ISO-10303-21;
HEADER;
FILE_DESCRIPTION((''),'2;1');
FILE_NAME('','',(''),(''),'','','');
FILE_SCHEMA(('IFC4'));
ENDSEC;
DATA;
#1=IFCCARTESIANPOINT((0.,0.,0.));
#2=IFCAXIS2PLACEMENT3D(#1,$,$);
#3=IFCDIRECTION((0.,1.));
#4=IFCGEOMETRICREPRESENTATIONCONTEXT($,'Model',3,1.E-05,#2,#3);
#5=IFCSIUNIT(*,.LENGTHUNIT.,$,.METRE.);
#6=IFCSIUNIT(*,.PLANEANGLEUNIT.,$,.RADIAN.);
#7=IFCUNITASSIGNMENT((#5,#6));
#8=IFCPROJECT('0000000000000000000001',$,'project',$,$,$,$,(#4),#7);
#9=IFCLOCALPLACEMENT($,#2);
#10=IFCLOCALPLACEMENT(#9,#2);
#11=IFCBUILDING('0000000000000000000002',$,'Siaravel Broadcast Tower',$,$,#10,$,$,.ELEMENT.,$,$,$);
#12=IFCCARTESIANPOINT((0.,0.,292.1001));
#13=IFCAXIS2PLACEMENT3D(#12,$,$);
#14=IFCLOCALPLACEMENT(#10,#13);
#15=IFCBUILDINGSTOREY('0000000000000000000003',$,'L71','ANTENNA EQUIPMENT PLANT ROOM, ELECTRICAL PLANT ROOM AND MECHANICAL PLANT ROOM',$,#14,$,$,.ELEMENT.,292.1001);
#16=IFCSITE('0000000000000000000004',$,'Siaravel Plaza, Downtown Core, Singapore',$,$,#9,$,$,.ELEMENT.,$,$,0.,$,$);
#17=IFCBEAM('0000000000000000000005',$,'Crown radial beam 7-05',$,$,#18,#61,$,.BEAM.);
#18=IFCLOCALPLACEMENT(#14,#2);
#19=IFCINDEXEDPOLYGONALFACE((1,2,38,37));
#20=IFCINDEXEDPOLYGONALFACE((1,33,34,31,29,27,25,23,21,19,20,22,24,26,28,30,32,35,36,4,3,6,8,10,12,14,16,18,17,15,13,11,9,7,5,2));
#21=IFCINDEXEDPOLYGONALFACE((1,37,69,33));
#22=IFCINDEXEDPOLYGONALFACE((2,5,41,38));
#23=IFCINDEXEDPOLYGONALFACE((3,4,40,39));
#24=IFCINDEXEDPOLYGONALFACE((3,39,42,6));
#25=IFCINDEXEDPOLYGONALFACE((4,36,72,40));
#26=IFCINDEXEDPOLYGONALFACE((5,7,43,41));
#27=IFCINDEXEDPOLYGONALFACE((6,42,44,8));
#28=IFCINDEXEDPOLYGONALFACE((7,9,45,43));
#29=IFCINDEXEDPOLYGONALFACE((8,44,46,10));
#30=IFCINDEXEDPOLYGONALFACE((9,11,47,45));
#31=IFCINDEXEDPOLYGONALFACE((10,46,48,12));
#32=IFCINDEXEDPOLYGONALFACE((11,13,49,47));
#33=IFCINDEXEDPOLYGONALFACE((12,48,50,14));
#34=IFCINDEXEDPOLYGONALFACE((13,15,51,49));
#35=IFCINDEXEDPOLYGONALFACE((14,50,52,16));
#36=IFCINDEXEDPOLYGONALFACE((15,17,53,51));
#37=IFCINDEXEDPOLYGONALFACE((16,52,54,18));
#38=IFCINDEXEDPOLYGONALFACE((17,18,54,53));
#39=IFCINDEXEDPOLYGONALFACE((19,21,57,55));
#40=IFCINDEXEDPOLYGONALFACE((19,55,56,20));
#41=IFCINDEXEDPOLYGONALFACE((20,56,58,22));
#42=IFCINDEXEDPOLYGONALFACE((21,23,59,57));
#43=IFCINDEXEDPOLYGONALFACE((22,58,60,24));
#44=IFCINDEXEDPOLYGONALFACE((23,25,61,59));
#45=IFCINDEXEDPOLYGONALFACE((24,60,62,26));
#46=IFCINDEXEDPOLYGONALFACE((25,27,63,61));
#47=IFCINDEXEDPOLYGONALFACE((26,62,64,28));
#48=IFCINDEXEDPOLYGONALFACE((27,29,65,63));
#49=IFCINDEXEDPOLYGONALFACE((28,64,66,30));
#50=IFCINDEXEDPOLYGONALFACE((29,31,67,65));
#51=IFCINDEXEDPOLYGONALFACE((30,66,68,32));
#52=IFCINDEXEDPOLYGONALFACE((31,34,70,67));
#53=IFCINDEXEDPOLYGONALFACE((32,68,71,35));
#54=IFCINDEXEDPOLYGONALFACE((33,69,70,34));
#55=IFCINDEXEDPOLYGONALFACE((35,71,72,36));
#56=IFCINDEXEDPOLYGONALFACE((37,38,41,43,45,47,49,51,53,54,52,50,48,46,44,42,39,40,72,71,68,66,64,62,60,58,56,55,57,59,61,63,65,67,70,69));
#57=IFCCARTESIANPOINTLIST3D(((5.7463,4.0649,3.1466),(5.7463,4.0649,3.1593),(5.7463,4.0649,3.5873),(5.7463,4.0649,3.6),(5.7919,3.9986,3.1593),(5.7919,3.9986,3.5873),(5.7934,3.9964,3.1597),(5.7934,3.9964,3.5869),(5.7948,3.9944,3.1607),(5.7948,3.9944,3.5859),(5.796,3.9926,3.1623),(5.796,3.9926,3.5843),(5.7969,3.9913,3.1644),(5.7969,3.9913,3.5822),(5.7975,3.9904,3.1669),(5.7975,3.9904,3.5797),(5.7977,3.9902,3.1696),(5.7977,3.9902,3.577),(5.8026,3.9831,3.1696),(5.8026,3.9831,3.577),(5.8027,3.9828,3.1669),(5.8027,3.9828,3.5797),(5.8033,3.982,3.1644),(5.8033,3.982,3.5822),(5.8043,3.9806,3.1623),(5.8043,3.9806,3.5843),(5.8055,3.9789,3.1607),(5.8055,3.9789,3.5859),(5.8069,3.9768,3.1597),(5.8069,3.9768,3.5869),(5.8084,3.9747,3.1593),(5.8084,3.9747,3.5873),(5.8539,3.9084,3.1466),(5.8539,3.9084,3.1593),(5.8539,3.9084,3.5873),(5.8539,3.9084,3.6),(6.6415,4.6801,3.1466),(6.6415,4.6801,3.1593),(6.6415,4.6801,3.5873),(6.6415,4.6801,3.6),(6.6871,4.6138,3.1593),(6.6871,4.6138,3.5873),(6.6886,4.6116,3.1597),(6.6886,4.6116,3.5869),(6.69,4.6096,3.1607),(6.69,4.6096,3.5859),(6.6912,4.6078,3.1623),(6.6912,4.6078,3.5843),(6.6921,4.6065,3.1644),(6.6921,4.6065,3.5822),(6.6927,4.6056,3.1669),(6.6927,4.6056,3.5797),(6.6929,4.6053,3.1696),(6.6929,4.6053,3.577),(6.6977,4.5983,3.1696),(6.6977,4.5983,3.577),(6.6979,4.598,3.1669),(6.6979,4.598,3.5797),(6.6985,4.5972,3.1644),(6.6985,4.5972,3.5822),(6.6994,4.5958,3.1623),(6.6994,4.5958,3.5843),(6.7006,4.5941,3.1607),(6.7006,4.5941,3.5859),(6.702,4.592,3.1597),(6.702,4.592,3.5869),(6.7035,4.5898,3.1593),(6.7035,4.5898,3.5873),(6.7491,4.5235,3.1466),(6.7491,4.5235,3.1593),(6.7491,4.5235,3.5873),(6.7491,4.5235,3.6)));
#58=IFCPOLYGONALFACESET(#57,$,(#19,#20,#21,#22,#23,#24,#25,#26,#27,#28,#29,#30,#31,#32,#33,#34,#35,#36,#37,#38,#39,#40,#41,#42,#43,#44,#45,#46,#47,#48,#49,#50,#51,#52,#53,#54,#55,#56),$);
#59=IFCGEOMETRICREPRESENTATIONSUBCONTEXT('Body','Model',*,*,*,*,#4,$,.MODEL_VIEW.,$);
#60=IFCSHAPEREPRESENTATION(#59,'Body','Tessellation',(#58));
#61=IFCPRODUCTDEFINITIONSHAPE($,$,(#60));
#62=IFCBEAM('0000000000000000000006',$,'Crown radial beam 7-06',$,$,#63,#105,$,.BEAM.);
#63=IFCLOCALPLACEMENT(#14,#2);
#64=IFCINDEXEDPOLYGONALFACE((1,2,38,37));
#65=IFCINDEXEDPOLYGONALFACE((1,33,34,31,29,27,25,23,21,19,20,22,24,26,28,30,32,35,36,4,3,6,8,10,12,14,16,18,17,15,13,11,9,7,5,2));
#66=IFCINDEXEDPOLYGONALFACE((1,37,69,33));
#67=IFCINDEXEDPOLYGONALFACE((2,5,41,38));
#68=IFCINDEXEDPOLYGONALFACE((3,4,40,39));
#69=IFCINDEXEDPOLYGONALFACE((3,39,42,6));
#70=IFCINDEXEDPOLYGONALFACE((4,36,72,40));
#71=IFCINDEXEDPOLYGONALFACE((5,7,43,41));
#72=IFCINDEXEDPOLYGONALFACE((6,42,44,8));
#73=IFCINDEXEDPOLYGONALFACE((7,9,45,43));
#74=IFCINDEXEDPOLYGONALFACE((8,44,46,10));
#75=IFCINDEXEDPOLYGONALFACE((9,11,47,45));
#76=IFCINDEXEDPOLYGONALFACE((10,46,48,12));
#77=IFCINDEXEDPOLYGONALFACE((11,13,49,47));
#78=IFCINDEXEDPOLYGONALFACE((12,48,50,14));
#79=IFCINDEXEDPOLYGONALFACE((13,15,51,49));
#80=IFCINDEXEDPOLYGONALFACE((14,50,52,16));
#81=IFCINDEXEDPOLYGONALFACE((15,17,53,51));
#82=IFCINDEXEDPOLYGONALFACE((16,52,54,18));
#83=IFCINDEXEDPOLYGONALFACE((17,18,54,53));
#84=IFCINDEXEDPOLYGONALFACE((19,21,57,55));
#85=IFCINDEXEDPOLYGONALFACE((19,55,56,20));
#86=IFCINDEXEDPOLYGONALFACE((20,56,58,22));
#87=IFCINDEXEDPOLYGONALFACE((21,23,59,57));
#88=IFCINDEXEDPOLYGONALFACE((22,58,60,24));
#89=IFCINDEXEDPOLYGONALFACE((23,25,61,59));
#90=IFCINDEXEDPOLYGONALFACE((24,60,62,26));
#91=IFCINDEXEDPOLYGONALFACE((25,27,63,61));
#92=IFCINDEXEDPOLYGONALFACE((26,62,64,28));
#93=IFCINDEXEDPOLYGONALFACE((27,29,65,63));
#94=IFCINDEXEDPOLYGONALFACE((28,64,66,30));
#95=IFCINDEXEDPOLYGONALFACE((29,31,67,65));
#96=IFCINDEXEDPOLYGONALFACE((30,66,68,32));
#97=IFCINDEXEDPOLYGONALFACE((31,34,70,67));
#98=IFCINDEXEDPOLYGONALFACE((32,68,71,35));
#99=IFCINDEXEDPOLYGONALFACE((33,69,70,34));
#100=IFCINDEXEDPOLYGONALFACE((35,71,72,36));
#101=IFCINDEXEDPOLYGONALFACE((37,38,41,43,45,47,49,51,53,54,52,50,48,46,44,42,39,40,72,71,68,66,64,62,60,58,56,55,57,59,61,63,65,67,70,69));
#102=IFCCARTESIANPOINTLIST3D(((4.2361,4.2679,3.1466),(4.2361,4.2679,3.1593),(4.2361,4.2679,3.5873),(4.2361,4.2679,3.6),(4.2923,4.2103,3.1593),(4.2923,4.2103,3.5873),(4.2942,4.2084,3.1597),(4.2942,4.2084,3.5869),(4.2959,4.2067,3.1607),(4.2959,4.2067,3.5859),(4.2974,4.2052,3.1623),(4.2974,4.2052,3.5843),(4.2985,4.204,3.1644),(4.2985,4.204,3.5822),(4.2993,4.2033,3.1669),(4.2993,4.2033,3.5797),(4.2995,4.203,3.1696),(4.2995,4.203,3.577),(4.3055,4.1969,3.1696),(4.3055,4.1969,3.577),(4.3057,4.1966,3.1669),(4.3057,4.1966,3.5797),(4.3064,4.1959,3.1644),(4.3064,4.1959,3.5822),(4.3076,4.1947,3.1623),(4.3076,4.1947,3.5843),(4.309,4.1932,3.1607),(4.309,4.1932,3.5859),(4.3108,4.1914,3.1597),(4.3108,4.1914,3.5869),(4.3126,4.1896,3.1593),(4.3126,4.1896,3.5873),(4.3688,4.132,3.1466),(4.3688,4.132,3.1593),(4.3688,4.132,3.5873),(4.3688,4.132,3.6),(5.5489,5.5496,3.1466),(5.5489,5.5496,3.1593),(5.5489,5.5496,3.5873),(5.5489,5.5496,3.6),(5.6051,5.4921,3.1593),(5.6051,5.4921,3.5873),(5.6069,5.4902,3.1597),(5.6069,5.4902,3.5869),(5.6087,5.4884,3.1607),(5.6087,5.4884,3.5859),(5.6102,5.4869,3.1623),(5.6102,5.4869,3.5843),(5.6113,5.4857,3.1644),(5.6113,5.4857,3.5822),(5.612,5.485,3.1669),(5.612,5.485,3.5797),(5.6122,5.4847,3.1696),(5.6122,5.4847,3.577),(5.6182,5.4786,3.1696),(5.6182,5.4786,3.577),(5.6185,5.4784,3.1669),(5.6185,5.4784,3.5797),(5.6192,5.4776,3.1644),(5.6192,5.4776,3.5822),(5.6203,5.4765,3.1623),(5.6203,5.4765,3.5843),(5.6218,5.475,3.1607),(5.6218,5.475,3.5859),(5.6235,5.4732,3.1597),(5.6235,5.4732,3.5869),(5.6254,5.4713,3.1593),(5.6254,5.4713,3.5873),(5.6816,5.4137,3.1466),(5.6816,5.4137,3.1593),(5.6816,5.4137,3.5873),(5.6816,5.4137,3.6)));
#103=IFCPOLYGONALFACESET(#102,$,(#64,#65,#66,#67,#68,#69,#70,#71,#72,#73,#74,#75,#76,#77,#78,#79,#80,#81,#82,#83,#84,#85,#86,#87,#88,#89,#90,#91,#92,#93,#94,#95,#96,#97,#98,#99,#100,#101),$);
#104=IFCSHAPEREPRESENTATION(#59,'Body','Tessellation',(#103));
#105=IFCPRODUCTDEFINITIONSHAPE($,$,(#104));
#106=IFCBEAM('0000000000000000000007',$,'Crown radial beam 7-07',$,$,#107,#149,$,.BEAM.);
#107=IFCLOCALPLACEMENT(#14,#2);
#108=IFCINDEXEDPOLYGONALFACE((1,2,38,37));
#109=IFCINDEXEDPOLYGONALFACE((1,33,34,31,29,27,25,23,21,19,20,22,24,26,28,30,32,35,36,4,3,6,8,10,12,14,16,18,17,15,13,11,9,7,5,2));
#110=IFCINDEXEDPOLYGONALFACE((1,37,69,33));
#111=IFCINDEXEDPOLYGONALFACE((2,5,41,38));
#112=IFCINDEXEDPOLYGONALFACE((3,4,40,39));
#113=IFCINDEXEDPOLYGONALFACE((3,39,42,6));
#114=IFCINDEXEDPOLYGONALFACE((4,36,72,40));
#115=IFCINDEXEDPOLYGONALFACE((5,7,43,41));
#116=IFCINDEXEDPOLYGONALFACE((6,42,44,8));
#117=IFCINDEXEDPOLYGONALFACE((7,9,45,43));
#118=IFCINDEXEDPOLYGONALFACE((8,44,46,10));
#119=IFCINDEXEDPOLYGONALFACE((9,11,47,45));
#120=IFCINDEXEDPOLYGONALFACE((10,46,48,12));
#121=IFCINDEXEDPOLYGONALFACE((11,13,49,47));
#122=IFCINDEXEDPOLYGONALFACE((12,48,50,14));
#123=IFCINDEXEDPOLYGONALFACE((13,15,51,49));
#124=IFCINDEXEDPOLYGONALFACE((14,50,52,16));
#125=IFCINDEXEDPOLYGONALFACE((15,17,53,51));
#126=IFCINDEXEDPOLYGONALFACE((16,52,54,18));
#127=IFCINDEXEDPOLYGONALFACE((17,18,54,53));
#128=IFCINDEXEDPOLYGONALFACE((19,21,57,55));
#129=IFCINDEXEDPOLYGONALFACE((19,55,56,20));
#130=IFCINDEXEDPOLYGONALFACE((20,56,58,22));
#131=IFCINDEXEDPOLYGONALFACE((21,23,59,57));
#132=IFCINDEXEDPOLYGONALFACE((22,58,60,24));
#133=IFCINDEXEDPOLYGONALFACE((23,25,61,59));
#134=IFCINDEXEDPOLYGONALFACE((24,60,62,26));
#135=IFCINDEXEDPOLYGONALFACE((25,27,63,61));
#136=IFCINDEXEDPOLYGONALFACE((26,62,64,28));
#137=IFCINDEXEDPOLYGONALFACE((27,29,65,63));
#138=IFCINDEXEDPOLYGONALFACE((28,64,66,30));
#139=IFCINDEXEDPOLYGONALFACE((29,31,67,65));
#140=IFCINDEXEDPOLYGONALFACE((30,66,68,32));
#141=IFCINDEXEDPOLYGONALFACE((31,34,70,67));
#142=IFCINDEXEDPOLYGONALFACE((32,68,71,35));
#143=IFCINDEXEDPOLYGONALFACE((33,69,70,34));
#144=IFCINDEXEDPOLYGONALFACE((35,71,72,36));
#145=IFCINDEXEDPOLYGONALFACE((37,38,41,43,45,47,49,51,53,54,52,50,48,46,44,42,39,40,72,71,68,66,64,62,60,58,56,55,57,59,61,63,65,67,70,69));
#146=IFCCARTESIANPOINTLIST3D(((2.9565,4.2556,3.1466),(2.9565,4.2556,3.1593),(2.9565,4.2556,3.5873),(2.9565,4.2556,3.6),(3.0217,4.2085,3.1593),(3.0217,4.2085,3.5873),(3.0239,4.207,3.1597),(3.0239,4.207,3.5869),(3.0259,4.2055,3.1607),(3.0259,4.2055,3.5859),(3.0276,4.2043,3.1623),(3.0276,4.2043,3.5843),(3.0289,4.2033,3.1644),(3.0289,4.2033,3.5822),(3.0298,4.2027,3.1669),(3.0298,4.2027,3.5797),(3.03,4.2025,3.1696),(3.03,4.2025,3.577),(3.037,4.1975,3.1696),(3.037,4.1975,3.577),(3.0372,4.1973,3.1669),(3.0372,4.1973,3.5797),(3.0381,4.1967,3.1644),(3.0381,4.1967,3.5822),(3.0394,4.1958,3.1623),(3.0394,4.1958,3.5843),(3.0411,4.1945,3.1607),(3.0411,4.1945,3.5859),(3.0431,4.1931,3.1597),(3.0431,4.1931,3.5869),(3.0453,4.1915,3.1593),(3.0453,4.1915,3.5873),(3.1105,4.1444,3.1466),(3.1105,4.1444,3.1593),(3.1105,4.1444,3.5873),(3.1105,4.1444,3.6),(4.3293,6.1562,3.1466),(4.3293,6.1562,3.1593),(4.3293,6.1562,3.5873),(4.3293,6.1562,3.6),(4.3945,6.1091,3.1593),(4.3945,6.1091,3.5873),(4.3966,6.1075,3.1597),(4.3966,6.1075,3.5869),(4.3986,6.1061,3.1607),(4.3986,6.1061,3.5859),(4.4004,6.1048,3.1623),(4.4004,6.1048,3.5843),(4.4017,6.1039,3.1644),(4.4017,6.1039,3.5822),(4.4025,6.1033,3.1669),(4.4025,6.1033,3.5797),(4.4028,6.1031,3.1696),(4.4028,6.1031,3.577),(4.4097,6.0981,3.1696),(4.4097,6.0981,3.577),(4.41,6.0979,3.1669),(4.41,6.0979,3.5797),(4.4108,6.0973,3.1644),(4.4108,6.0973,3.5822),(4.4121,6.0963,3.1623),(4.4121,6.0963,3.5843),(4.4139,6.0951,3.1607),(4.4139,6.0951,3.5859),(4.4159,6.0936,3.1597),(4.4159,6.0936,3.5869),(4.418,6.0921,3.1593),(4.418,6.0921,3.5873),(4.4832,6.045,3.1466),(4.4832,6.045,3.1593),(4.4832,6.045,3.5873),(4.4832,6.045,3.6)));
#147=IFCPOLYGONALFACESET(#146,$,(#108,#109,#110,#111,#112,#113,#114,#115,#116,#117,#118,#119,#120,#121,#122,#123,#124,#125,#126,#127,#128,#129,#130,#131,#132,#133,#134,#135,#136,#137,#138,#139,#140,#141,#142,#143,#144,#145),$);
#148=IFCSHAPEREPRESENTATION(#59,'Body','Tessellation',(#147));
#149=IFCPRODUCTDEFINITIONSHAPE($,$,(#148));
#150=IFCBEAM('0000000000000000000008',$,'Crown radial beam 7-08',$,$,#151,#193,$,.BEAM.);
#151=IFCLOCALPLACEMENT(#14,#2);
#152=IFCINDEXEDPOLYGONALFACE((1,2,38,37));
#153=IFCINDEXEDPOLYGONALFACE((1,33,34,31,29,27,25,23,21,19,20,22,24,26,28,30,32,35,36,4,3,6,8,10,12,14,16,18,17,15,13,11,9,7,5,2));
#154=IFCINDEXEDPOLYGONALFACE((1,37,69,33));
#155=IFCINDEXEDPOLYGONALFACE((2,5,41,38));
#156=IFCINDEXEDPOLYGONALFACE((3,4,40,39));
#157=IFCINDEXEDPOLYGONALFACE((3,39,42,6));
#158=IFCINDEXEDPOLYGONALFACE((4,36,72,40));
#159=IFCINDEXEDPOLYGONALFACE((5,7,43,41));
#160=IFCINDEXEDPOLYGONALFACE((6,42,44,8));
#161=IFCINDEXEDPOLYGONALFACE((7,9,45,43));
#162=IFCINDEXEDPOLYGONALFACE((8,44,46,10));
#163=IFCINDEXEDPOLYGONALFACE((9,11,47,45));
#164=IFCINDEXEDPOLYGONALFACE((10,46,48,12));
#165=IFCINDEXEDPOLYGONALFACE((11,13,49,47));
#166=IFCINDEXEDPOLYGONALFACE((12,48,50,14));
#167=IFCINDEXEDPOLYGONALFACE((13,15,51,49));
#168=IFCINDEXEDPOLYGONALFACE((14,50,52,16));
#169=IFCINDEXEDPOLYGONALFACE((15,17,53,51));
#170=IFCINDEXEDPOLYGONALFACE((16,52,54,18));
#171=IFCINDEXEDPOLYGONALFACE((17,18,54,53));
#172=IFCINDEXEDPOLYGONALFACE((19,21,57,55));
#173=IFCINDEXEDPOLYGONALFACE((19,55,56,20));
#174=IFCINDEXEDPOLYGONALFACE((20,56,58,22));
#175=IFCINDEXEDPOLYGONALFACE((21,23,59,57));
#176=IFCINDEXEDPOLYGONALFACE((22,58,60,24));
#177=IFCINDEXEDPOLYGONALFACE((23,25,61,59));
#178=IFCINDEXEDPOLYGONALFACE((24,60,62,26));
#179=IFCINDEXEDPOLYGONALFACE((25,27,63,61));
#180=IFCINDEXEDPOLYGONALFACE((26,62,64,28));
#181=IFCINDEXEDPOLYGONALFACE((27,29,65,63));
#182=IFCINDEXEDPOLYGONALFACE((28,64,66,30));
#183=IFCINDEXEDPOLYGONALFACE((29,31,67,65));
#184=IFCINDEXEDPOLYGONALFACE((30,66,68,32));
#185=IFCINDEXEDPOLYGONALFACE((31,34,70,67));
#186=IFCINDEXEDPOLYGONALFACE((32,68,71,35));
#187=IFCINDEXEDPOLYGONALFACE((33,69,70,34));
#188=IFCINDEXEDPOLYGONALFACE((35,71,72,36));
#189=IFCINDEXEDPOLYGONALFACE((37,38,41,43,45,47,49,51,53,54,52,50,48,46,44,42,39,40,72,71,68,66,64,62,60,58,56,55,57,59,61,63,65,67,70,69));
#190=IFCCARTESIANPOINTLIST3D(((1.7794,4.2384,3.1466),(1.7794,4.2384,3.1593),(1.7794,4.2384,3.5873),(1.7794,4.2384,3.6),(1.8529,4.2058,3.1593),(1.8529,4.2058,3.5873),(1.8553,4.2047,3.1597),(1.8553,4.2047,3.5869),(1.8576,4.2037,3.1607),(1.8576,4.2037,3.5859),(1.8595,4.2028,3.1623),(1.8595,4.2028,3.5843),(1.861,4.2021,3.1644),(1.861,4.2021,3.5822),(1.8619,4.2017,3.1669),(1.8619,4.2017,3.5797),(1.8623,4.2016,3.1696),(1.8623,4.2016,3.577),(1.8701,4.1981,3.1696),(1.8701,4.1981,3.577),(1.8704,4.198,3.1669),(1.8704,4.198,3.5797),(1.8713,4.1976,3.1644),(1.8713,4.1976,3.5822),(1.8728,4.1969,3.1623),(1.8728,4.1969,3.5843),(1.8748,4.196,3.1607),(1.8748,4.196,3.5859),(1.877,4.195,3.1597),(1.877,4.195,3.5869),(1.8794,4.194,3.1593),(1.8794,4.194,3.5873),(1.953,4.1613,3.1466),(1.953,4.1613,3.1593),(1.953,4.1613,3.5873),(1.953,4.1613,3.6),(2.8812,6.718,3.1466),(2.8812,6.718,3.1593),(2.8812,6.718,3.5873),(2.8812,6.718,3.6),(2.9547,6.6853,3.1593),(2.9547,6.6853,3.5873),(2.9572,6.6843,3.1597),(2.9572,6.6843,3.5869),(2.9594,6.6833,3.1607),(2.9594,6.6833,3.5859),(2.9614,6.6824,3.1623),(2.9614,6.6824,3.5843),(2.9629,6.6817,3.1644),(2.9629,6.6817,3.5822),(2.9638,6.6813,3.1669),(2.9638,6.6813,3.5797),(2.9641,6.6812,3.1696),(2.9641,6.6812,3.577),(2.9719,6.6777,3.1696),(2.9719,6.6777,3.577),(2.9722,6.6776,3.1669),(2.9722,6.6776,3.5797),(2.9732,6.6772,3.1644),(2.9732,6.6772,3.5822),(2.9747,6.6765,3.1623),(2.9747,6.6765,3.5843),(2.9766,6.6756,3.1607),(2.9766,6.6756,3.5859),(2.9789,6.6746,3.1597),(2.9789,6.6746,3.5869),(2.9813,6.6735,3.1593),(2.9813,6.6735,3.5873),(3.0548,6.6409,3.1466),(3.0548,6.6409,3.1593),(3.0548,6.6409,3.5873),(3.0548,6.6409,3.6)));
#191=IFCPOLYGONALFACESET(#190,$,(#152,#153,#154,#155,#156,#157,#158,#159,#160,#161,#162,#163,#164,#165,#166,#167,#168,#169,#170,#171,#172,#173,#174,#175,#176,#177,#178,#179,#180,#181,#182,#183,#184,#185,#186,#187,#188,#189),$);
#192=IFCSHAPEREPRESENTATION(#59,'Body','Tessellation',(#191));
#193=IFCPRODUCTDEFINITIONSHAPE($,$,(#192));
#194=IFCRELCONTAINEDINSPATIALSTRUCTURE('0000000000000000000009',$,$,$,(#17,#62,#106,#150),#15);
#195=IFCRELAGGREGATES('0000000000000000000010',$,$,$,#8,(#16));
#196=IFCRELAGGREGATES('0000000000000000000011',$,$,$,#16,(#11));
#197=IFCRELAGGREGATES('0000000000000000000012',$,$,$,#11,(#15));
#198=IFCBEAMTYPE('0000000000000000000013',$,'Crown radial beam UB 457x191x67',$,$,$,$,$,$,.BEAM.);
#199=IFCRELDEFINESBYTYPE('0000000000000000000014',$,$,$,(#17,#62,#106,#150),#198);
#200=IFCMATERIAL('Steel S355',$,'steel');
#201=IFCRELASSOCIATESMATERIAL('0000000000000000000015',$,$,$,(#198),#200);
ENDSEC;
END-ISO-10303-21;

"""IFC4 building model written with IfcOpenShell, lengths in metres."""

from ifc_helpers import new_model, si_unit, direction, frame, origin, origin_2d, place, context, subcontext, project, spatial, i_section, extrude, material, material_profile, profile_set, type_object, element, save


model = new_model("IFC4")

# Units and contexts
model_context = context("Model", 3, precision=1e-05, world=origin(), true_north=direction((0.0, 1.0)))
body_context = subcontext(model_context, "Body", "Model", "MODEL_VIEW")
ifc_project = project(units=[si_unit("LENGTHUNIT", "METRE"), si_unit("PLANEANGLEUNIT", "RADIAN")], contexts=[model_context])

# Site, building, storey
site_placement = place(None, origin())
site = spatial("IfcSite", under=ifc_project, at=site_placement, Name="Siaravel Plaza, Downtown Core, Singapore", CompositionType="ELEMENT", RefElevation=0.0)
building_placement = place(site_placement, origin())
building = spatial("IfcBuilding", under=site, at=building_placement, Name="Siaravel Broadcast Tower", CompositionType="ELEMENT")
storey_placement = place(building_placement, frame((0.0, 0.0, 292.1001)))
storey = spatial("IfcBuildingStorey", under=building, at=storey_placement, Name="L71", Description="ANTENNA EQUIPMENT PLANT ROOM, ELECTRICAL PLANT ROOM AND MECHANICAL PLANT ROOM", CompositionType="ELEMENT", Elevation=292.1001)

# Beams
ifc_material_1 = material(Name="Steel S355", Category="steel")
ifc_material_profile_1 = material_profile(ifc_material_1, i_section(OverallWidth=0.1899, OverallDepth=0.4534, WebThickness=0.0085, FlangeThickness=0.0127, FilletRadius=0.0103, at=origin_2d()))
ifc_profile_set_1 = profile_set([ifc_material_profile_1], Name="Steel S355")
beam_type_1 = type_object("IfcBeamType", Name="Crown radial beam UB 457x191x67", PredefinedType="BEAM", material=ifc_profile_set_1)
beam_1_placement = place(storey_placement, frame((6.6953, 4.6018, 3.3733), z_axis=(-0.824153, -0.566367, 0.0), x_axis=(0.566367, -0.824153, 0.0)))
element("IfcBeam", 1, at=beam_1_placement, inside=storey, type_object=beam_type_1, Name="Crown radial beam 7-05", PredefinedType="BEAM", context=body_context, shape_type="SweptSolid", body=[
    extrude(i_section(OverallWidth=0.1899, OverallDepth=0.4534, WebThickness=0.0085, FlangeThickness=0.0127, FilletRadius=0.0103, at=origin_2d()), origin(), (0.0, 0.0, 1.0), 1.0862),
])
beam_2_placement = place(storey_placement, frame((5.6152, 5.4817, 3.3733), z_axis=(-0.715506, -0.698606, 0.0), x_axis=(0.698606, -0.715506, 0.0)))
element("IfcBeam", 2, at=beam_2_placement, inside=storey, type_object=beam_type_1, Name="Crown radial beam 7-06", PredefinedType="BEAM", context=body_context, shape_type="SweptSolid", body=[
    extrude(i_section(OverallWidth=0.1899, OverallDepth=0.4534, WebThickness=0.0085, FlangeThickness=0.0127, FilletRadius=0.0103, at=origin_2d()), origin(), (0.0, 0.0, 1.0), 1.8347),
])
beam_3_placement = place(storey_placement, frame((4.4062, 6.1006, 3.3733), z_axis=(-0.585525, -0.810655, 0.0), x_axis=(0.810655, -0.585525, 0.0)))
element("IfcBeam", 3, at=beam_3_placement, inside=storey, type_object=beam_type_1, Name="Crown radial beam 7-07", PredefinedType="BEAM", context=body_context, shape_type="SweptSolid", body=[
    extrude(i_section(OverallWidth=0.1899, OverallDepth=0.4534, WebThickness=0.0085, FlangeThickness=0.0127, FilletRadius=0.0103, at=origin_2d()), origin(), (0.0, 0.0, 1.0), 2.3445),
])
beam_4_placement = place(storey_placement, frame((2.968, 6.6794, 3.3733), z_axis=(-0.40608, -0.913838, 0.0), x_axis=(0.913838, -0.40608, 0.0)))
element("IfcBeam", 4, at=beam_4_placement, inside=storey, type_object=beam_type_1, Name="Crown radial beam 7-08", PredefinedType="BEAM", context=body_context, shape_type="SweptSolid", body=[
    extrude(i_section(OverallWidth=0.1899, OverallDepth=0.4534, WebThickness=0.0085, FlangeThickness=0.0127, FilletRadius=0.0103, at=origin_2d()), origin(), (0.0, 0.0, 1.0), 2.7134),
])

save(model, "model.ifc")
